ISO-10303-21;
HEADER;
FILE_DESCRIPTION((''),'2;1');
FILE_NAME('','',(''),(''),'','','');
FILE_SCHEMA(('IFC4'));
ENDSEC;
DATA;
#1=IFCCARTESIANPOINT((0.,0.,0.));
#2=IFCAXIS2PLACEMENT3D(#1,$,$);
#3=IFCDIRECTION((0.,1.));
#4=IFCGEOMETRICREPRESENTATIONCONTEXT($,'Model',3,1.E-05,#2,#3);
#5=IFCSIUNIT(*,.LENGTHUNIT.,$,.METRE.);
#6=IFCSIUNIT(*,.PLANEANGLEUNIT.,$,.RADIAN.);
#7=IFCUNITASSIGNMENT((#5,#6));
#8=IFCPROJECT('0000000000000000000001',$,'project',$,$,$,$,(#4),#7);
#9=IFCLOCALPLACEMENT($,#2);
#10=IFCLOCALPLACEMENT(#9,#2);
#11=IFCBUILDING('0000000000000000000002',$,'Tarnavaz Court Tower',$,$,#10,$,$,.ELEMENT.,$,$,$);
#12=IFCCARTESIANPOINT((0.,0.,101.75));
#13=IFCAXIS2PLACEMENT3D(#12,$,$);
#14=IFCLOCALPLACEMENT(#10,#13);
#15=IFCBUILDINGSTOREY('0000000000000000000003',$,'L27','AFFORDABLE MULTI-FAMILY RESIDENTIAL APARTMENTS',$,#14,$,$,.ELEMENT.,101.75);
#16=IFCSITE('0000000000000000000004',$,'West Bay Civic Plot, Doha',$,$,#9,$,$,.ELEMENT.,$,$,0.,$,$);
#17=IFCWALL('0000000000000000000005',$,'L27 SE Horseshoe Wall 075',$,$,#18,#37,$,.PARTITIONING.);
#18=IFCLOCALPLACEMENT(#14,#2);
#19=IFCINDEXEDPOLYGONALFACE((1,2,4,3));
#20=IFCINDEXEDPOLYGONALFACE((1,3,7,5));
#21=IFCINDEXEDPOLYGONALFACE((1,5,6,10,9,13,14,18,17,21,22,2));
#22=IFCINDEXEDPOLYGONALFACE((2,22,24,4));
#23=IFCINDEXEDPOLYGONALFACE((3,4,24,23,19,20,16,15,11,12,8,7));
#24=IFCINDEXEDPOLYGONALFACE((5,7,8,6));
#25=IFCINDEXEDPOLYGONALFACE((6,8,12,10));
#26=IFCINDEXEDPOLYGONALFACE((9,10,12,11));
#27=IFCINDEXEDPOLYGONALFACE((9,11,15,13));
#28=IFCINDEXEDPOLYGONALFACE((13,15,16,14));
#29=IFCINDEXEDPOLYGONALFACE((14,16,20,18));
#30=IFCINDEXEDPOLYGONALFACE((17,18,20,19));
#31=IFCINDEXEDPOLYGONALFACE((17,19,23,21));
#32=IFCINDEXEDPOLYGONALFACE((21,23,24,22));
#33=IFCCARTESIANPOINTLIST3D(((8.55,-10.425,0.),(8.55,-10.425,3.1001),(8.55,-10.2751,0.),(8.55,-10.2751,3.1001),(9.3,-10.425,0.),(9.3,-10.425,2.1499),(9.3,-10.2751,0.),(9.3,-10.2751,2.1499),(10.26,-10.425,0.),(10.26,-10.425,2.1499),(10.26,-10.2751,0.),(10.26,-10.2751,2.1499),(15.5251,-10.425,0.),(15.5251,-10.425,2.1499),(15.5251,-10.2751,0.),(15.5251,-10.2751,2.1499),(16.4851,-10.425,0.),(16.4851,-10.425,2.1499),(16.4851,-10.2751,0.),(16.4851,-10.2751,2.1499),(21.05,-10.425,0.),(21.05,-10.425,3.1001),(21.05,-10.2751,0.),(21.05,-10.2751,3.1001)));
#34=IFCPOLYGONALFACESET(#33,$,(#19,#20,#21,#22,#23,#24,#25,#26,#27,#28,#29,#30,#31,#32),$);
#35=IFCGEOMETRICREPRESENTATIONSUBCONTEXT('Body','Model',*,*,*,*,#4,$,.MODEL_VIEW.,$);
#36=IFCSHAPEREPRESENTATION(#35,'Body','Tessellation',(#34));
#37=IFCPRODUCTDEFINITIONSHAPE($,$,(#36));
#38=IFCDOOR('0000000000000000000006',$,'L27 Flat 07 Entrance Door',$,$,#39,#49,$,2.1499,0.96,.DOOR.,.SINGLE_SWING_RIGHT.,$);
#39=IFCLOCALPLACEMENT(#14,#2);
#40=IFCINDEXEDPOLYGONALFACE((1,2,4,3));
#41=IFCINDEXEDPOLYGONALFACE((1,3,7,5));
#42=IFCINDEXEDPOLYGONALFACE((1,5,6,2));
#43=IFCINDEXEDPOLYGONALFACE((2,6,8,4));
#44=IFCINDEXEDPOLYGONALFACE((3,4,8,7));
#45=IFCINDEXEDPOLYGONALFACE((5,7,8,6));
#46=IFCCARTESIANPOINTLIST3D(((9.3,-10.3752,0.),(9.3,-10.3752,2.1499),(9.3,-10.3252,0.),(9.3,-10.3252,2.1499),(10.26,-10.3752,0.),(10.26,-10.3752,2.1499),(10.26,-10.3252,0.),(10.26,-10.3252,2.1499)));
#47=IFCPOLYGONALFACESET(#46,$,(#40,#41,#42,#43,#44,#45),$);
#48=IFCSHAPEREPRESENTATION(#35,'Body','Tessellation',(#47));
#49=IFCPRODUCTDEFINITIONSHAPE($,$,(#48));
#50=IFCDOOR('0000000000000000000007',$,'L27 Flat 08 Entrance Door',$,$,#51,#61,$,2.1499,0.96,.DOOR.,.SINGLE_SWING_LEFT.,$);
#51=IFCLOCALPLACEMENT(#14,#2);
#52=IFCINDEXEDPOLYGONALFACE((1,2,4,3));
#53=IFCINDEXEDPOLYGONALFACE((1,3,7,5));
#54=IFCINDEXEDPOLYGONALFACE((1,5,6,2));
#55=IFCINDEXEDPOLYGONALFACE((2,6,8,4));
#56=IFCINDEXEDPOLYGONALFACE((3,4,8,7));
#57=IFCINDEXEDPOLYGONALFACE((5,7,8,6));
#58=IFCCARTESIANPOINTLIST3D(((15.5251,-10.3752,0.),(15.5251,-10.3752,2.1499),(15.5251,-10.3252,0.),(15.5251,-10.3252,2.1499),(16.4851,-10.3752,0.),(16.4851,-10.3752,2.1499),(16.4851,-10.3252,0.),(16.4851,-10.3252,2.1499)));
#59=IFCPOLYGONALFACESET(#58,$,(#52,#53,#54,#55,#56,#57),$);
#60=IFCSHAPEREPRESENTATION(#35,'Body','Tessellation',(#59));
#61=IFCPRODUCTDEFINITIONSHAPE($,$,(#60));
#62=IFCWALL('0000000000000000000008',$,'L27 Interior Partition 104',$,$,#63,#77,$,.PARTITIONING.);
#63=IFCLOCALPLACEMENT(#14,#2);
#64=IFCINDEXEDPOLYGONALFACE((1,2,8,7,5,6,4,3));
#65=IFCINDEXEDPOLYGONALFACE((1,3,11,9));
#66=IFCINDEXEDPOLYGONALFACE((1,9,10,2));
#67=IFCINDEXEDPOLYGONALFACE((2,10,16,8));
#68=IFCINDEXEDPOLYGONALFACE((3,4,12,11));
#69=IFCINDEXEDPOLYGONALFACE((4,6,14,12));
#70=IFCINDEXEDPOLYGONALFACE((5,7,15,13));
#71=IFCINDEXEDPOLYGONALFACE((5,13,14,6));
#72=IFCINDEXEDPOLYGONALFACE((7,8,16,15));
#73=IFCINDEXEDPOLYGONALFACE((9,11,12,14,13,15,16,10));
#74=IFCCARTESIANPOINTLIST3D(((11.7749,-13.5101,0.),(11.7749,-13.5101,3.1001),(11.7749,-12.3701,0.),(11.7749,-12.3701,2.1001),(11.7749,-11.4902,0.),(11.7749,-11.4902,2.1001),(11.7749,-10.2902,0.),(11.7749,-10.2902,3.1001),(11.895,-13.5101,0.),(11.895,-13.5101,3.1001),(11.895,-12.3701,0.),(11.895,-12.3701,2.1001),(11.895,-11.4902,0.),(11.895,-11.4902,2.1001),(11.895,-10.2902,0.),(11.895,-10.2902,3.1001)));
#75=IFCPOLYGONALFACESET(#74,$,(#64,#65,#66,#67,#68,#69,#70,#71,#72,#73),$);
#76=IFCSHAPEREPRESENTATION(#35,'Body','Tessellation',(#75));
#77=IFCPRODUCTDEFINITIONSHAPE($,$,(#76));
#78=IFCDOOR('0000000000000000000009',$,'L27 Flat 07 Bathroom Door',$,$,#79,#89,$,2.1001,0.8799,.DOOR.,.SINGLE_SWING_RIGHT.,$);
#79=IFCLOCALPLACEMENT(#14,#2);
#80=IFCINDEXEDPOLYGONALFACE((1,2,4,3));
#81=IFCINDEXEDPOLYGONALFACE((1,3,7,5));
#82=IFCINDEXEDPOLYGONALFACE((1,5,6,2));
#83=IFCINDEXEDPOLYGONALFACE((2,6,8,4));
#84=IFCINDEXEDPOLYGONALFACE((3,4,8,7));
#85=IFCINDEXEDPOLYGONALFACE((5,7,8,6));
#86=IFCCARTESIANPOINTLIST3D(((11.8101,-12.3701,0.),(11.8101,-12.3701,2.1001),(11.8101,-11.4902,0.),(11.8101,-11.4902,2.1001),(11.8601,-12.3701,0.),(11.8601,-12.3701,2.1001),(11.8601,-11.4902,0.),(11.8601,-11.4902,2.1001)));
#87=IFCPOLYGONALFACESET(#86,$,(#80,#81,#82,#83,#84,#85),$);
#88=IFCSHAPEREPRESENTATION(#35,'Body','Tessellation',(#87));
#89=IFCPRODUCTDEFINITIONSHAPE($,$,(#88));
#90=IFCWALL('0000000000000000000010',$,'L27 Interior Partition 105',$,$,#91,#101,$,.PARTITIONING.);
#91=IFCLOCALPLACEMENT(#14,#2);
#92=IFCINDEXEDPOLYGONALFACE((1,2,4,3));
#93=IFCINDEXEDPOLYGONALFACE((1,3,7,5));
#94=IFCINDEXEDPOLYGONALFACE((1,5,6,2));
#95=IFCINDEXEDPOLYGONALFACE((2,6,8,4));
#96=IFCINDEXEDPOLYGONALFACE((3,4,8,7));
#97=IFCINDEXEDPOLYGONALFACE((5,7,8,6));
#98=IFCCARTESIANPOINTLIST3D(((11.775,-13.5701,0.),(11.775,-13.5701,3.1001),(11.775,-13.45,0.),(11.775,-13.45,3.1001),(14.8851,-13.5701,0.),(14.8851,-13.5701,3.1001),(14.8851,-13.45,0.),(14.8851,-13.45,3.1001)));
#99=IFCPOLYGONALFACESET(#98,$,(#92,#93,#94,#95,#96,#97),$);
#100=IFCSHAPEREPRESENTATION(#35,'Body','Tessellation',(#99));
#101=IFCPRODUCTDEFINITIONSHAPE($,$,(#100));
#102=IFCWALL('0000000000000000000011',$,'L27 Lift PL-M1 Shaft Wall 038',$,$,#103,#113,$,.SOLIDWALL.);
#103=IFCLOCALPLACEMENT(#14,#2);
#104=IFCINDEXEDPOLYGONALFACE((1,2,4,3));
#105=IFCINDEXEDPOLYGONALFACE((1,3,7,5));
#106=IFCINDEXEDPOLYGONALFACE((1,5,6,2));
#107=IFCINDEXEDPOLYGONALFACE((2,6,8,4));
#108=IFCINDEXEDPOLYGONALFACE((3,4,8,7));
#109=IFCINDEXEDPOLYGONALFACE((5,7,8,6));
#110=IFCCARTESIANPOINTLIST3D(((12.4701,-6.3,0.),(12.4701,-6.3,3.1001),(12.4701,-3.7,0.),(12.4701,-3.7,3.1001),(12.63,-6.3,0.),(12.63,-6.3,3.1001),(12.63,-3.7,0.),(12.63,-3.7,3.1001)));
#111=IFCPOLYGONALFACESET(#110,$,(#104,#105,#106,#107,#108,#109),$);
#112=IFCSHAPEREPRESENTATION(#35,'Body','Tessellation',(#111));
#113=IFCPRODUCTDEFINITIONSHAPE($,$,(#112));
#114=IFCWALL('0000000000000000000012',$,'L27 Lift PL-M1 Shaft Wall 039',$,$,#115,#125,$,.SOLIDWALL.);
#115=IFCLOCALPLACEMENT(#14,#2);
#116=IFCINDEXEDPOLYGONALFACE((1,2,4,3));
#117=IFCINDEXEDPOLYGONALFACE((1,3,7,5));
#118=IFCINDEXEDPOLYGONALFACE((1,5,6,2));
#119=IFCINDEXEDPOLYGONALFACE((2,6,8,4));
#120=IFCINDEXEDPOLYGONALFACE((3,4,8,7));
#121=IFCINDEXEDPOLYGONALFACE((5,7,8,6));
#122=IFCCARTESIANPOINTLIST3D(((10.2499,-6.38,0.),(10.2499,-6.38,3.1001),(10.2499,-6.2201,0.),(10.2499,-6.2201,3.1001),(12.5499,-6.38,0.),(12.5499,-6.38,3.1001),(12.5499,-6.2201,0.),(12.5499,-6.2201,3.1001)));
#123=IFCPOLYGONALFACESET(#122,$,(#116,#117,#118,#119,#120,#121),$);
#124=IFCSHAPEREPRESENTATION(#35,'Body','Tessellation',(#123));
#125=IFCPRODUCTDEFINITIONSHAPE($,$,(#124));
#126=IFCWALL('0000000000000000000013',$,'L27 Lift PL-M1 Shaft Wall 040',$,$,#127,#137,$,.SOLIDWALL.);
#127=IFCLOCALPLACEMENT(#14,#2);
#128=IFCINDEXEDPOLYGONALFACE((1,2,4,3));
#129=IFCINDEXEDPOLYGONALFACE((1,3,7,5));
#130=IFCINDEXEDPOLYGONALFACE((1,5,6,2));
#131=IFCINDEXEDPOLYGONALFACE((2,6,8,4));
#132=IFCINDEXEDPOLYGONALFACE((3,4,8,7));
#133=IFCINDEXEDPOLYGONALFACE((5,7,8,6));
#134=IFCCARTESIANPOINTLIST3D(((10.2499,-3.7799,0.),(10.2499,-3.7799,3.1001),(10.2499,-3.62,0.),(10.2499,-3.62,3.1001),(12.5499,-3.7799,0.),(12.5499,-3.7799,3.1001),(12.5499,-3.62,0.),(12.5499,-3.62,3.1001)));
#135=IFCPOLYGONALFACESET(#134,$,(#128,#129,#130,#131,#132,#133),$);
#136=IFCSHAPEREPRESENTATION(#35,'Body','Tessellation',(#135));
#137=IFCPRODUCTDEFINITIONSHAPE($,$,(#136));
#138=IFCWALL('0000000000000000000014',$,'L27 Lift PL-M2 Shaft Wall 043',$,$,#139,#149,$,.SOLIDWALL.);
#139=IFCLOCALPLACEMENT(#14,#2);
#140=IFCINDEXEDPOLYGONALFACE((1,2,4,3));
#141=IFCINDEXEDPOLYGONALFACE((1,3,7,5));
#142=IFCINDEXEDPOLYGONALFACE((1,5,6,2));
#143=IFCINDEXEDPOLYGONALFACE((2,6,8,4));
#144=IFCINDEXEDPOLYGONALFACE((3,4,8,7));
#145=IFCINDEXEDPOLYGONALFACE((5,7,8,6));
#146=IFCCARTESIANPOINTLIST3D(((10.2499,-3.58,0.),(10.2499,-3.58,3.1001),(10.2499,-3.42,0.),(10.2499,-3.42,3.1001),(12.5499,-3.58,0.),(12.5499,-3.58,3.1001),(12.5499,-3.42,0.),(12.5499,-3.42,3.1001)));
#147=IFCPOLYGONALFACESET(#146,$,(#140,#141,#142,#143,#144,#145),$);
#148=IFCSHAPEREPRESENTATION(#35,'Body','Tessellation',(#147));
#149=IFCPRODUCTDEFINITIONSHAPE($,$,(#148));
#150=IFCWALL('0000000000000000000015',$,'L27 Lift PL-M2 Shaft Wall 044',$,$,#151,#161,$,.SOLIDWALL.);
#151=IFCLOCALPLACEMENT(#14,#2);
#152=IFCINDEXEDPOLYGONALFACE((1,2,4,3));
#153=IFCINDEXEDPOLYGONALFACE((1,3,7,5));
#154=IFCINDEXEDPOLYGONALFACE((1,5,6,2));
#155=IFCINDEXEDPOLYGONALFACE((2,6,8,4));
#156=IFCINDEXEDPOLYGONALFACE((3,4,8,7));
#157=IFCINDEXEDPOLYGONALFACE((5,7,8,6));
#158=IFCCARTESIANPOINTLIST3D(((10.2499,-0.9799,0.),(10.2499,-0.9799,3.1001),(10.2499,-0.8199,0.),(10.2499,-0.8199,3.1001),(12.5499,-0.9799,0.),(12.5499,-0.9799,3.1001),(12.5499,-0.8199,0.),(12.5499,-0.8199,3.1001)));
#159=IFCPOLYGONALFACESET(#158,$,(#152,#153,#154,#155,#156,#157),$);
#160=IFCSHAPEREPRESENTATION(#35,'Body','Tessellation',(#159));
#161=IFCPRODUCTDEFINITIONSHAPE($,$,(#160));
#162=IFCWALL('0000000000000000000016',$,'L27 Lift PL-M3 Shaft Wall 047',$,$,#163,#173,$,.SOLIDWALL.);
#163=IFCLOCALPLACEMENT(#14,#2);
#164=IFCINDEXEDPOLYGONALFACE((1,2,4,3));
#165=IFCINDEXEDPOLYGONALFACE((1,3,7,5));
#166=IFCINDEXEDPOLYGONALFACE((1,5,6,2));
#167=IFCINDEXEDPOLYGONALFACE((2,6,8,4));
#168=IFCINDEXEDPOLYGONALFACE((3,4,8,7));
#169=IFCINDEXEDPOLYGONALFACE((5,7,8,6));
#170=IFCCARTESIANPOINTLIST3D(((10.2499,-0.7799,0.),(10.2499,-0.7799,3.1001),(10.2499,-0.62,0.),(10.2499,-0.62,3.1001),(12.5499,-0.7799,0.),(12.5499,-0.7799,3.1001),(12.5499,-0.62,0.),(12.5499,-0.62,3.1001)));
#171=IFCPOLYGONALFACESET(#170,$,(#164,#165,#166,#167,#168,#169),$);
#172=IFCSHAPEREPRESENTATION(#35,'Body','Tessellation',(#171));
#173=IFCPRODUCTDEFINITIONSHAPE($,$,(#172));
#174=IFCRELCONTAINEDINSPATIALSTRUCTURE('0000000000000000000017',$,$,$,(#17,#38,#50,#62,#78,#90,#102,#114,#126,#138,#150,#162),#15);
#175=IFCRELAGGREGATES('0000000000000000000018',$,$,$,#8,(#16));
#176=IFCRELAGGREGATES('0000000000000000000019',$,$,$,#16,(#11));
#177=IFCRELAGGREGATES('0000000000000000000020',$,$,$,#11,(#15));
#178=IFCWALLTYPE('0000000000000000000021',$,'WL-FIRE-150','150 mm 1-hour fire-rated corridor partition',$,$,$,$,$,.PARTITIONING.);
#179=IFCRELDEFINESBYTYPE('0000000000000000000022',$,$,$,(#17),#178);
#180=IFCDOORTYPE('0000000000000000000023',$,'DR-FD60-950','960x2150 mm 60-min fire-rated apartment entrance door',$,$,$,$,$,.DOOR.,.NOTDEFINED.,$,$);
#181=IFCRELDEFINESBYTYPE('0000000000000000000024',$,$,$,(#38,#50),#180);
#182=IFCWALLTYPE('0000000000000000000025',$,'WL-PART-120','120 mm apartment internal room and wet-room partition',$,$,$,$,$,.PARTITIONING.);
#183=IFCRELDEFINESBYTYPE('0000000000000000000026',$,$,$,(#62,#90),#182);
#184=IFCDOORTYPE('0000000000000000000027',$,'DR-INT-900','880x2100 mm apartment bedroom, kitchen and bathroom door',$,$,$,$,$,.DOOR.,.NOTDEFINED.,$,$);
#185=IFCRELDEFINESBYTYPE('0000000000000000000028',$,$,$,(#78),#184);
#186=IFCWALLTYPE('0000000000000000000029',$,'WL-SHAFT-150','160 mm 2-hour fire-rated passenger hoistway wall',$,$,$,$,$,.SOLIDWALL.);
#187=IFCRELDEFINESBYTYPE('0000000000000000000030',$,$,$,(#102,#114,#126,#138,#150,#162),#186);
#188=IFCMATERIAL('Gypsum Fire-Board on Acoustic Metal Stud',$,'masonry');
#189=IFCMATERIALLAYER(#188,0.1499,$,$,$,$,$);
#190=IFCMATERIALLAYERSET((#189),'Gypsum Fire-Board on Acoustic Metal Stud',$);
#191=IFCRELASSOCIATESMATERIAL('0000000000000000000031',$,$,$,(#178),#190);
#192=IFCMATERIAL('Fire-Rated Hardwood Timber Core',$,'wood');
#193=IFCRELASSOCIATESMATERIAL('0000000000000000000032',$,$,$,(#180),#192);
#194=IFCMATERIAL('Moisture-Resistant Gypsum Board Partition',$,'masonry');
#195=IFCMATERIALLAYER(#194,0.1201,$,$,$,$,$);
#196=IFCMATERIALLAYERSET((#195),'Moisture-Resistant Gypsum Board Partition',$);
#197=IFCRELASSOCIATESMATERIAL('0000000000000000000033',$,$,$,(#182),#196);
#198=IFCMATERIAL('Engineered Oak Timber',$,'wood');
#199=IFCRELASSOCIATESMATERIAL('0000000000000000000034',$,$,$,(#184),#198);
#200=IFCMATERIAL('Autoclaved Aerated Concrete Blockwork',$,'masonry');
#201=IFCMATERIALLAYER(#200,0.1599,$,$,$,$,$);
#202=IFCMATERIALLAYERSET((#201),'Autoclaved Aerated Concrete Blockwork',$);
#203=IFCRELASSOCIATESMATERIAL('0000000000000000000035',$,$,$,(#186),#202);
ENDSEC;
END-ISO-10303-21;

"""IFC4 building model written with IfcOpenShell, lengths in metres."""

from ifc_helpers import new_model, si_unit, direction, frame, frame_2d, origin, place, context, subcontext, project, spatial, rectangle, extrude, material, layer, layer_set, type_object, element, fill, save


model = new_model("IFC4")

# Units and contexts
model_context = context("Model", 3, precision=1e-05, world=origin(), true_north=direction((0.0, 1.0)))
body_context = subcontext(model_context, "Body", "Model", "MODEL_VIEW")
ifc_project = project(units=[si_unit("LENGTHUNIT", "METRE"), si_unit("PLANEANGLEUNIT", "RADIAN")], contexts=[model_context])

# Site, building, storey
site_placement = place(None, origin())
site = spatial("IfcSite", under=ifc_project, at=site_placement, Name="West Bay Civic Plot, Doha", CompositionType="ELEMENT", RefElevation=0.0)
building_placement = place(site_placement, origin())
building = spatial("IfcBuilding", under=site, at=building_placement, Name="Tarnavaz Court Tower", CompositionType="ELEMENT")
storey_placement = place(building_placement, frame((0.0, 0.0, 101.75)))
storey = spatial("IfcBuildingStorey", under=building, at=storey_placement, Name="L27", Description="AFFORDABLE MULTI-FAMILY RESIDENTIAL APARTMENTS", CompositionType="ELEMENT", Elevation=101.75)

# Wall, openings, doors
ifc_material_1 = material(Name="Gypsum Fire-Board on Acoustic Metal Stud", Category="masonry")
ifc_layer_1 = layer(ifc_material_1, 0.1499)
ifc_layer_set_1 = layer_set([ifc_layer_1], Name="Gypsum Fire-Board on Acoustic Metal Stud")
wall_type_1 = type_object("IfcWallType", Name="WL-FIRE-150", Description="150 mm 1-hour fire-rated corridor partition", PredefinedType="PARTITIONING", material=ifc_layer_set_1)
wall_1_placement = place(storey_placement, frame((8.55, -10.3501, 0.0), z_axis=(0.0, 0.0, 1.0), x_axis=(1.0, 0.0, 0.0)))
wall_1 = element("IfcWall", 1, at=wall_1_placement, inside=storey, type_object=wall_type_1, Name="L27 SE Horseshoe Wall 075", PredefinedType="PARTITIONING", context=body_context, shape_type="SweptSolid", body=[
    extrude(rectangle(XDim=12.5, YDim=0.1499, at=frame_2d((6.25, 0.0))), origin(), (0.0, 0.0, 1.0), 3.1001),
])
opening_1_placement = place(wall_1_placement, frame((0.75, 0.0, 0.0)))
opening_1 = element("IfcOpeningElement", 2, at=opening_1_placement, cuts=wall_1, PredefinedType="OPENING", context=body_context, shape_type="SweptSolid", body=[
    extrude(rectangle(XDim=0.96, YDim=2.1499, at=frame_2d((0.48, 1.075))), frame((0.0, 0.085, 0.0), z_axis=(0.0, -1.0, 0.0), x_axis=(1.0, 0.0, 0.0)), (0.0, 0.0, 1.0), 0.1699),
])
opening_2_placement = place(wall_1_placement, frame((6.9751, 0.0, 0.0)))
opening_2 = element("IfcOpeningElement", 3, at=opening_2_placement, cuts=wall_1, PredefinedType="OPENING", context=body_context, shape_type="SweptSolid", body=[
    extrude(rectangle(XDim=0.96, YDim=2.1499, at=frame_2d((0.48, 1.075))), frame((0.0, 0.085, 0.0), z_axis=(0.0, -1.0, 0.0), x_axis=(1.0, 0.0, 0.0)), (0.0, 0.0, 1.0), 0.1699),
])
ifc_material_2 = material(Name="Fire-Rated Hardwood Timber Core", Category="wood")
door_type_1 = type_object("IfcDoorType", Name="DR-FD60-950", Description="960x2150 mm 60-min fire-rated apartment entrance door", OperationType="NOTDEFINED", PredefinedType="DOOR", material=ifc_material_2)
door_1_placement = place(opening_1_placement, origin())
door_1 = element("IfcDoor", 4, at=door_1_placement, inside=storey, type_object=door_type_1, Name="L27 Flat 07 Entrance Door", OperationType="SINGLE_SWING_RIGHT", OverallHeight=2.1499, OverallWidth=0.96, PredefinedType="DOOR", context=body_context, shape_type="SweptSolid", body=[
    extrude(rectangle(XDim=0.96, YDim=2.1499, at=frame_2d((0.48, 1.075))), frame((0.0, 0.0249, 0.0), z_axis=(0.0, -1.0, 0.0), x_axis=(1.0, 0.0, 0.0)), (0.0, 0.0, 1.0), 0.05),
])
fill(opening_1, door_1)
door_2_placement = place(opening_2_placement, origin())
door_2 = element("IfcDoor", 5, at=door_2_placement, inside=storey, type_object=door_type_1, Name="L27 Flat 08 Entrance Door", OperationType="SINGLE_SWING_LEFT", OverallHeight=2.1499, OverallWidth=0.96, PredefinedType="DOOR", context=body_context, shape_type="SweptSolid", body=[
    extrude(rectangle(XDim=0.96, YDim=2.1499, at=frame_2d((0.48, 1.075))), frame((0.0, 0.0249, 0.0), z_axis=(0.0, -1.0, 0.0), x_axis=(1.0, 0.0, 0.0)), (0.0, 0.0, 1.0), 0.05),
])
fill(opening_2, door_2)

# Wall, opening, door
ifc_material_3 = material(Name="Moisture-Resistant Gypsum Board Partition", Category="masonry")
ifc_layer_2 = layer(ifc_material_3, 0.1201)
ifc_layer_set_2 = layer_set([ifc_layer_2], Name="Moisture-Resistant Gypsum Board Partition")
wall_type_2 = type_object("IfcWallType", Name="WL-PART-120", Description="120 mm apartment internal room and wet-room partition", PredefinedType="PARTITIONING", material=ifc_layer_set_2)
wall_2_placement = place(storey_placement, frame((11.835, -13.51, 0.0), z_axis=(0.0, 0.0, 1.0), x_axis=(0.0, 1.0, 0.0)))
wall_2 = element("IfcWall", 6, at=wall_2_placement, inside=storey, type_object=wall_type_2, Name="L27 Interior Partition 104", PredefinedType="PARTITIONING", context=body_context, shape_type="SweptSolid", body=[
    extrude(rectangle(XDim=3.22, YDim=0.1201, at=frame_2d((1.6099, 0.0))), origin(), (0.0, 0.0, 1.0), 3.1001),
])
opening_3_placement = place(wall_2_placement, frame((1.1399, 0.0, 0.0)))
opening_3 = element("IfcOpeningElement", 7, at=opening_3_placement, cuts=wall_2, PredefinedType="OPENING", context=body_context, shape_type="SweptSolid", body=[
    extrude(rectangle(XDim=0.8799, YDim=2.1001, at=frame_2d((0.4399, 1.05))), frame((0.0, 0.0701, 0.0), z_axis=(0.0, -1.0, 0.0), x_axis=(1.0, 0.0, 0.0)), (0.0, 0.0, 1.0), 0.1401),
])
ifc_material_4 = material(Name="Engineered Oak Timber", Category="wood")
door_type_2 = type_object("IfcDoorType", Name="DR-INT-900", Description="880x2100 mm apartment bedroom, kitchen and bathroom door", OperationType="NOTDEFINED", PredefinedType="DOOR", material=ifc_material_4)
door_3_placement = place(opening_3_placement, origin())
door_3 = element("IfcDoor", 8, at=door_3_placement, inside=storey, type_object=door_type_2, Name="L27 Flat 07 Bathroom Door", OperationType="SINGLE_SWING_RIGHT", OverallHeight=2.1001, OverallWidth=0.8799, PredefinedType="DOOR", context=body_context, shape_type="SweptSolid", body=[
    extrude(rectangle(XDim=0.8799, YDim=2.1001, at=frame_2d((0.4399, 1.05))), frame((0.0, 0.0249, 0.0), z_axis=(0.0, -1.0, 0.0), x_axis=(1.0, 0.0, 0.0)), (0.0, 0.0, 1.0), 0.05),
])
fill(opening_3, door_3)

# Wall
wall_3_placement = place(storey_placement, frame((11.7749, -13.51, 0.0), z_axis=(0.0, 0.0, 1.0), x_axis=(1.0, 0.0, 0.0)))
element("IfcWall", 9, at=wall_3_placement, inside=storey, type_object=wall_type_2, Name="L27 Interior Partition 105", PredefinedType="PARTITIONING", context=body_context, shape_type="SweptSolid", body=[
    extrude(rectangle(XDim=3.1101, YDim=0.1201, at=frame_2d((1.5552, 0.0))), origin(), (0.0, 0.0, 1.0), 3.1001),
])

# Shared definitions
ifc_material_5 = material(Name="Autoclaved Aerated Concrete Blockwork", Category="masonry")
ifc_layer_3 = layer(ifc_material_5, 0.1599)
ifc_layer_set_3 = layer_set([ifc_layer_3], Name="Autoclaved Aerated Concrete Blockwork")
wall_type_3 = type_object("IfcWallType", Name="WL-SHAFT-150", Description="160 mm 2-hour fire-rated passenger hoistway wall", PredefinedType="SOLIDWALL", material=ifc_layer_set_3)

# Walls
wall_4_placement = place(storey_placement, frame((12.55, -6.3, 0.0), z_axis=(0.0, 0.0, 1.0), x_axis=(0.0, 1.0, 0.0)))
element("IfcWall", 10, at=wall_4_placement, inside=storey, type_object=wall_type_3, Name="L27 Lift PL-M1 Shaft Wall 038", PredefinedType="SOLIDWALL", context=body_context, shape_type="SweptSolid", body=[
    extrude(rectangle(XDim=2.6001, YDim=0.1599, at=frame_2d((1.3, 0.0))), origin(), (0.0, 0.0, 1.0), 3.1001),
])
for number, where, z_axis, x_axis, name in (
    (11, (10.25, -6.3, 0.0), (0.0, 0.0, 1.0), (1.0, 0.0, 0.0), "L27 Lift PL-M1 Shaft Wall 039"),
    (12, (10.25, -3.7, 0.0), (0.0, 0.0, 1.0), (1.0, 0.0, 0.0), "L27 Lift PL-M1 Shaft Wall 040"),
):
    element("IfcWall", number, at=place(storey_placement, frame(where, z_axis=z_axis, x_axis=x_axis)), inside=storey, type_object=wall_type_3, Name=name, PredefinedType="SOLIDWALL", context=body_context, shape_type="SweptSolid", body=[
        extrude(rectangle(XDim=2.3, YDim=0.1599, at=frame_2d((1.1499, 0.0))), origin(), (0.0, 0.0, 1.0), 3.1001),
    ])

# Walls
for number, where, z_axis, x_axis, name in (
    (13, (10.25, -3.5, 0.0), (0.0, 0.0, 1.0), (1.0, 0.0, 0.0), "L27 Lift PL-M2 Shaft Wall 043"),
    (14, (10.25, -0.8999, 0.0), (0.0, 0.0, 1.0), (1.0, 0.0, 0.0), "L27 Lift PL-M2 Shaft Wall 044"),
):
    element("IfcWall", number, at=place(storey_placement, frame(where, z_axis=z_axis, x_axis=x_axis)), inside=storey, type_object=wall_type_3, Name=name, PredefinedType="SOLIDWALL", context=body_context, shape_type="SweptSolid", body=[
        extrude(rectangle(XDim=2.3, YDim=0.1599, at=frame_2d((1.1499, 0.0))), origin(), (0.0, 0.0, 1.0), 3.1001),
    ])

# Wall
wall_5_placement = place(storey_placement, frame((10.25, -0.7, 0.0), z_axis=(0.0, 0.0, 1.0), x_axis=(1.0, 0.0, 0.0)))
element("IfcWall", 15, at=wall_5_placement, inside=storey, type_object=wall_type_3, Name="L27 Lift PL-M3 Shaft Wall 047", PredefinedType="SOLIDWALL", context=body_context, shape_type="SweptSolid", body=[
    extrude(rectangle(XDim=2.3, YDim=0.1599, at=frame_2d((1.1499, 0.0))), origin(), (0.0, 0.0, 1.0), 3.1001),
])

save(model, "model.ifc")
